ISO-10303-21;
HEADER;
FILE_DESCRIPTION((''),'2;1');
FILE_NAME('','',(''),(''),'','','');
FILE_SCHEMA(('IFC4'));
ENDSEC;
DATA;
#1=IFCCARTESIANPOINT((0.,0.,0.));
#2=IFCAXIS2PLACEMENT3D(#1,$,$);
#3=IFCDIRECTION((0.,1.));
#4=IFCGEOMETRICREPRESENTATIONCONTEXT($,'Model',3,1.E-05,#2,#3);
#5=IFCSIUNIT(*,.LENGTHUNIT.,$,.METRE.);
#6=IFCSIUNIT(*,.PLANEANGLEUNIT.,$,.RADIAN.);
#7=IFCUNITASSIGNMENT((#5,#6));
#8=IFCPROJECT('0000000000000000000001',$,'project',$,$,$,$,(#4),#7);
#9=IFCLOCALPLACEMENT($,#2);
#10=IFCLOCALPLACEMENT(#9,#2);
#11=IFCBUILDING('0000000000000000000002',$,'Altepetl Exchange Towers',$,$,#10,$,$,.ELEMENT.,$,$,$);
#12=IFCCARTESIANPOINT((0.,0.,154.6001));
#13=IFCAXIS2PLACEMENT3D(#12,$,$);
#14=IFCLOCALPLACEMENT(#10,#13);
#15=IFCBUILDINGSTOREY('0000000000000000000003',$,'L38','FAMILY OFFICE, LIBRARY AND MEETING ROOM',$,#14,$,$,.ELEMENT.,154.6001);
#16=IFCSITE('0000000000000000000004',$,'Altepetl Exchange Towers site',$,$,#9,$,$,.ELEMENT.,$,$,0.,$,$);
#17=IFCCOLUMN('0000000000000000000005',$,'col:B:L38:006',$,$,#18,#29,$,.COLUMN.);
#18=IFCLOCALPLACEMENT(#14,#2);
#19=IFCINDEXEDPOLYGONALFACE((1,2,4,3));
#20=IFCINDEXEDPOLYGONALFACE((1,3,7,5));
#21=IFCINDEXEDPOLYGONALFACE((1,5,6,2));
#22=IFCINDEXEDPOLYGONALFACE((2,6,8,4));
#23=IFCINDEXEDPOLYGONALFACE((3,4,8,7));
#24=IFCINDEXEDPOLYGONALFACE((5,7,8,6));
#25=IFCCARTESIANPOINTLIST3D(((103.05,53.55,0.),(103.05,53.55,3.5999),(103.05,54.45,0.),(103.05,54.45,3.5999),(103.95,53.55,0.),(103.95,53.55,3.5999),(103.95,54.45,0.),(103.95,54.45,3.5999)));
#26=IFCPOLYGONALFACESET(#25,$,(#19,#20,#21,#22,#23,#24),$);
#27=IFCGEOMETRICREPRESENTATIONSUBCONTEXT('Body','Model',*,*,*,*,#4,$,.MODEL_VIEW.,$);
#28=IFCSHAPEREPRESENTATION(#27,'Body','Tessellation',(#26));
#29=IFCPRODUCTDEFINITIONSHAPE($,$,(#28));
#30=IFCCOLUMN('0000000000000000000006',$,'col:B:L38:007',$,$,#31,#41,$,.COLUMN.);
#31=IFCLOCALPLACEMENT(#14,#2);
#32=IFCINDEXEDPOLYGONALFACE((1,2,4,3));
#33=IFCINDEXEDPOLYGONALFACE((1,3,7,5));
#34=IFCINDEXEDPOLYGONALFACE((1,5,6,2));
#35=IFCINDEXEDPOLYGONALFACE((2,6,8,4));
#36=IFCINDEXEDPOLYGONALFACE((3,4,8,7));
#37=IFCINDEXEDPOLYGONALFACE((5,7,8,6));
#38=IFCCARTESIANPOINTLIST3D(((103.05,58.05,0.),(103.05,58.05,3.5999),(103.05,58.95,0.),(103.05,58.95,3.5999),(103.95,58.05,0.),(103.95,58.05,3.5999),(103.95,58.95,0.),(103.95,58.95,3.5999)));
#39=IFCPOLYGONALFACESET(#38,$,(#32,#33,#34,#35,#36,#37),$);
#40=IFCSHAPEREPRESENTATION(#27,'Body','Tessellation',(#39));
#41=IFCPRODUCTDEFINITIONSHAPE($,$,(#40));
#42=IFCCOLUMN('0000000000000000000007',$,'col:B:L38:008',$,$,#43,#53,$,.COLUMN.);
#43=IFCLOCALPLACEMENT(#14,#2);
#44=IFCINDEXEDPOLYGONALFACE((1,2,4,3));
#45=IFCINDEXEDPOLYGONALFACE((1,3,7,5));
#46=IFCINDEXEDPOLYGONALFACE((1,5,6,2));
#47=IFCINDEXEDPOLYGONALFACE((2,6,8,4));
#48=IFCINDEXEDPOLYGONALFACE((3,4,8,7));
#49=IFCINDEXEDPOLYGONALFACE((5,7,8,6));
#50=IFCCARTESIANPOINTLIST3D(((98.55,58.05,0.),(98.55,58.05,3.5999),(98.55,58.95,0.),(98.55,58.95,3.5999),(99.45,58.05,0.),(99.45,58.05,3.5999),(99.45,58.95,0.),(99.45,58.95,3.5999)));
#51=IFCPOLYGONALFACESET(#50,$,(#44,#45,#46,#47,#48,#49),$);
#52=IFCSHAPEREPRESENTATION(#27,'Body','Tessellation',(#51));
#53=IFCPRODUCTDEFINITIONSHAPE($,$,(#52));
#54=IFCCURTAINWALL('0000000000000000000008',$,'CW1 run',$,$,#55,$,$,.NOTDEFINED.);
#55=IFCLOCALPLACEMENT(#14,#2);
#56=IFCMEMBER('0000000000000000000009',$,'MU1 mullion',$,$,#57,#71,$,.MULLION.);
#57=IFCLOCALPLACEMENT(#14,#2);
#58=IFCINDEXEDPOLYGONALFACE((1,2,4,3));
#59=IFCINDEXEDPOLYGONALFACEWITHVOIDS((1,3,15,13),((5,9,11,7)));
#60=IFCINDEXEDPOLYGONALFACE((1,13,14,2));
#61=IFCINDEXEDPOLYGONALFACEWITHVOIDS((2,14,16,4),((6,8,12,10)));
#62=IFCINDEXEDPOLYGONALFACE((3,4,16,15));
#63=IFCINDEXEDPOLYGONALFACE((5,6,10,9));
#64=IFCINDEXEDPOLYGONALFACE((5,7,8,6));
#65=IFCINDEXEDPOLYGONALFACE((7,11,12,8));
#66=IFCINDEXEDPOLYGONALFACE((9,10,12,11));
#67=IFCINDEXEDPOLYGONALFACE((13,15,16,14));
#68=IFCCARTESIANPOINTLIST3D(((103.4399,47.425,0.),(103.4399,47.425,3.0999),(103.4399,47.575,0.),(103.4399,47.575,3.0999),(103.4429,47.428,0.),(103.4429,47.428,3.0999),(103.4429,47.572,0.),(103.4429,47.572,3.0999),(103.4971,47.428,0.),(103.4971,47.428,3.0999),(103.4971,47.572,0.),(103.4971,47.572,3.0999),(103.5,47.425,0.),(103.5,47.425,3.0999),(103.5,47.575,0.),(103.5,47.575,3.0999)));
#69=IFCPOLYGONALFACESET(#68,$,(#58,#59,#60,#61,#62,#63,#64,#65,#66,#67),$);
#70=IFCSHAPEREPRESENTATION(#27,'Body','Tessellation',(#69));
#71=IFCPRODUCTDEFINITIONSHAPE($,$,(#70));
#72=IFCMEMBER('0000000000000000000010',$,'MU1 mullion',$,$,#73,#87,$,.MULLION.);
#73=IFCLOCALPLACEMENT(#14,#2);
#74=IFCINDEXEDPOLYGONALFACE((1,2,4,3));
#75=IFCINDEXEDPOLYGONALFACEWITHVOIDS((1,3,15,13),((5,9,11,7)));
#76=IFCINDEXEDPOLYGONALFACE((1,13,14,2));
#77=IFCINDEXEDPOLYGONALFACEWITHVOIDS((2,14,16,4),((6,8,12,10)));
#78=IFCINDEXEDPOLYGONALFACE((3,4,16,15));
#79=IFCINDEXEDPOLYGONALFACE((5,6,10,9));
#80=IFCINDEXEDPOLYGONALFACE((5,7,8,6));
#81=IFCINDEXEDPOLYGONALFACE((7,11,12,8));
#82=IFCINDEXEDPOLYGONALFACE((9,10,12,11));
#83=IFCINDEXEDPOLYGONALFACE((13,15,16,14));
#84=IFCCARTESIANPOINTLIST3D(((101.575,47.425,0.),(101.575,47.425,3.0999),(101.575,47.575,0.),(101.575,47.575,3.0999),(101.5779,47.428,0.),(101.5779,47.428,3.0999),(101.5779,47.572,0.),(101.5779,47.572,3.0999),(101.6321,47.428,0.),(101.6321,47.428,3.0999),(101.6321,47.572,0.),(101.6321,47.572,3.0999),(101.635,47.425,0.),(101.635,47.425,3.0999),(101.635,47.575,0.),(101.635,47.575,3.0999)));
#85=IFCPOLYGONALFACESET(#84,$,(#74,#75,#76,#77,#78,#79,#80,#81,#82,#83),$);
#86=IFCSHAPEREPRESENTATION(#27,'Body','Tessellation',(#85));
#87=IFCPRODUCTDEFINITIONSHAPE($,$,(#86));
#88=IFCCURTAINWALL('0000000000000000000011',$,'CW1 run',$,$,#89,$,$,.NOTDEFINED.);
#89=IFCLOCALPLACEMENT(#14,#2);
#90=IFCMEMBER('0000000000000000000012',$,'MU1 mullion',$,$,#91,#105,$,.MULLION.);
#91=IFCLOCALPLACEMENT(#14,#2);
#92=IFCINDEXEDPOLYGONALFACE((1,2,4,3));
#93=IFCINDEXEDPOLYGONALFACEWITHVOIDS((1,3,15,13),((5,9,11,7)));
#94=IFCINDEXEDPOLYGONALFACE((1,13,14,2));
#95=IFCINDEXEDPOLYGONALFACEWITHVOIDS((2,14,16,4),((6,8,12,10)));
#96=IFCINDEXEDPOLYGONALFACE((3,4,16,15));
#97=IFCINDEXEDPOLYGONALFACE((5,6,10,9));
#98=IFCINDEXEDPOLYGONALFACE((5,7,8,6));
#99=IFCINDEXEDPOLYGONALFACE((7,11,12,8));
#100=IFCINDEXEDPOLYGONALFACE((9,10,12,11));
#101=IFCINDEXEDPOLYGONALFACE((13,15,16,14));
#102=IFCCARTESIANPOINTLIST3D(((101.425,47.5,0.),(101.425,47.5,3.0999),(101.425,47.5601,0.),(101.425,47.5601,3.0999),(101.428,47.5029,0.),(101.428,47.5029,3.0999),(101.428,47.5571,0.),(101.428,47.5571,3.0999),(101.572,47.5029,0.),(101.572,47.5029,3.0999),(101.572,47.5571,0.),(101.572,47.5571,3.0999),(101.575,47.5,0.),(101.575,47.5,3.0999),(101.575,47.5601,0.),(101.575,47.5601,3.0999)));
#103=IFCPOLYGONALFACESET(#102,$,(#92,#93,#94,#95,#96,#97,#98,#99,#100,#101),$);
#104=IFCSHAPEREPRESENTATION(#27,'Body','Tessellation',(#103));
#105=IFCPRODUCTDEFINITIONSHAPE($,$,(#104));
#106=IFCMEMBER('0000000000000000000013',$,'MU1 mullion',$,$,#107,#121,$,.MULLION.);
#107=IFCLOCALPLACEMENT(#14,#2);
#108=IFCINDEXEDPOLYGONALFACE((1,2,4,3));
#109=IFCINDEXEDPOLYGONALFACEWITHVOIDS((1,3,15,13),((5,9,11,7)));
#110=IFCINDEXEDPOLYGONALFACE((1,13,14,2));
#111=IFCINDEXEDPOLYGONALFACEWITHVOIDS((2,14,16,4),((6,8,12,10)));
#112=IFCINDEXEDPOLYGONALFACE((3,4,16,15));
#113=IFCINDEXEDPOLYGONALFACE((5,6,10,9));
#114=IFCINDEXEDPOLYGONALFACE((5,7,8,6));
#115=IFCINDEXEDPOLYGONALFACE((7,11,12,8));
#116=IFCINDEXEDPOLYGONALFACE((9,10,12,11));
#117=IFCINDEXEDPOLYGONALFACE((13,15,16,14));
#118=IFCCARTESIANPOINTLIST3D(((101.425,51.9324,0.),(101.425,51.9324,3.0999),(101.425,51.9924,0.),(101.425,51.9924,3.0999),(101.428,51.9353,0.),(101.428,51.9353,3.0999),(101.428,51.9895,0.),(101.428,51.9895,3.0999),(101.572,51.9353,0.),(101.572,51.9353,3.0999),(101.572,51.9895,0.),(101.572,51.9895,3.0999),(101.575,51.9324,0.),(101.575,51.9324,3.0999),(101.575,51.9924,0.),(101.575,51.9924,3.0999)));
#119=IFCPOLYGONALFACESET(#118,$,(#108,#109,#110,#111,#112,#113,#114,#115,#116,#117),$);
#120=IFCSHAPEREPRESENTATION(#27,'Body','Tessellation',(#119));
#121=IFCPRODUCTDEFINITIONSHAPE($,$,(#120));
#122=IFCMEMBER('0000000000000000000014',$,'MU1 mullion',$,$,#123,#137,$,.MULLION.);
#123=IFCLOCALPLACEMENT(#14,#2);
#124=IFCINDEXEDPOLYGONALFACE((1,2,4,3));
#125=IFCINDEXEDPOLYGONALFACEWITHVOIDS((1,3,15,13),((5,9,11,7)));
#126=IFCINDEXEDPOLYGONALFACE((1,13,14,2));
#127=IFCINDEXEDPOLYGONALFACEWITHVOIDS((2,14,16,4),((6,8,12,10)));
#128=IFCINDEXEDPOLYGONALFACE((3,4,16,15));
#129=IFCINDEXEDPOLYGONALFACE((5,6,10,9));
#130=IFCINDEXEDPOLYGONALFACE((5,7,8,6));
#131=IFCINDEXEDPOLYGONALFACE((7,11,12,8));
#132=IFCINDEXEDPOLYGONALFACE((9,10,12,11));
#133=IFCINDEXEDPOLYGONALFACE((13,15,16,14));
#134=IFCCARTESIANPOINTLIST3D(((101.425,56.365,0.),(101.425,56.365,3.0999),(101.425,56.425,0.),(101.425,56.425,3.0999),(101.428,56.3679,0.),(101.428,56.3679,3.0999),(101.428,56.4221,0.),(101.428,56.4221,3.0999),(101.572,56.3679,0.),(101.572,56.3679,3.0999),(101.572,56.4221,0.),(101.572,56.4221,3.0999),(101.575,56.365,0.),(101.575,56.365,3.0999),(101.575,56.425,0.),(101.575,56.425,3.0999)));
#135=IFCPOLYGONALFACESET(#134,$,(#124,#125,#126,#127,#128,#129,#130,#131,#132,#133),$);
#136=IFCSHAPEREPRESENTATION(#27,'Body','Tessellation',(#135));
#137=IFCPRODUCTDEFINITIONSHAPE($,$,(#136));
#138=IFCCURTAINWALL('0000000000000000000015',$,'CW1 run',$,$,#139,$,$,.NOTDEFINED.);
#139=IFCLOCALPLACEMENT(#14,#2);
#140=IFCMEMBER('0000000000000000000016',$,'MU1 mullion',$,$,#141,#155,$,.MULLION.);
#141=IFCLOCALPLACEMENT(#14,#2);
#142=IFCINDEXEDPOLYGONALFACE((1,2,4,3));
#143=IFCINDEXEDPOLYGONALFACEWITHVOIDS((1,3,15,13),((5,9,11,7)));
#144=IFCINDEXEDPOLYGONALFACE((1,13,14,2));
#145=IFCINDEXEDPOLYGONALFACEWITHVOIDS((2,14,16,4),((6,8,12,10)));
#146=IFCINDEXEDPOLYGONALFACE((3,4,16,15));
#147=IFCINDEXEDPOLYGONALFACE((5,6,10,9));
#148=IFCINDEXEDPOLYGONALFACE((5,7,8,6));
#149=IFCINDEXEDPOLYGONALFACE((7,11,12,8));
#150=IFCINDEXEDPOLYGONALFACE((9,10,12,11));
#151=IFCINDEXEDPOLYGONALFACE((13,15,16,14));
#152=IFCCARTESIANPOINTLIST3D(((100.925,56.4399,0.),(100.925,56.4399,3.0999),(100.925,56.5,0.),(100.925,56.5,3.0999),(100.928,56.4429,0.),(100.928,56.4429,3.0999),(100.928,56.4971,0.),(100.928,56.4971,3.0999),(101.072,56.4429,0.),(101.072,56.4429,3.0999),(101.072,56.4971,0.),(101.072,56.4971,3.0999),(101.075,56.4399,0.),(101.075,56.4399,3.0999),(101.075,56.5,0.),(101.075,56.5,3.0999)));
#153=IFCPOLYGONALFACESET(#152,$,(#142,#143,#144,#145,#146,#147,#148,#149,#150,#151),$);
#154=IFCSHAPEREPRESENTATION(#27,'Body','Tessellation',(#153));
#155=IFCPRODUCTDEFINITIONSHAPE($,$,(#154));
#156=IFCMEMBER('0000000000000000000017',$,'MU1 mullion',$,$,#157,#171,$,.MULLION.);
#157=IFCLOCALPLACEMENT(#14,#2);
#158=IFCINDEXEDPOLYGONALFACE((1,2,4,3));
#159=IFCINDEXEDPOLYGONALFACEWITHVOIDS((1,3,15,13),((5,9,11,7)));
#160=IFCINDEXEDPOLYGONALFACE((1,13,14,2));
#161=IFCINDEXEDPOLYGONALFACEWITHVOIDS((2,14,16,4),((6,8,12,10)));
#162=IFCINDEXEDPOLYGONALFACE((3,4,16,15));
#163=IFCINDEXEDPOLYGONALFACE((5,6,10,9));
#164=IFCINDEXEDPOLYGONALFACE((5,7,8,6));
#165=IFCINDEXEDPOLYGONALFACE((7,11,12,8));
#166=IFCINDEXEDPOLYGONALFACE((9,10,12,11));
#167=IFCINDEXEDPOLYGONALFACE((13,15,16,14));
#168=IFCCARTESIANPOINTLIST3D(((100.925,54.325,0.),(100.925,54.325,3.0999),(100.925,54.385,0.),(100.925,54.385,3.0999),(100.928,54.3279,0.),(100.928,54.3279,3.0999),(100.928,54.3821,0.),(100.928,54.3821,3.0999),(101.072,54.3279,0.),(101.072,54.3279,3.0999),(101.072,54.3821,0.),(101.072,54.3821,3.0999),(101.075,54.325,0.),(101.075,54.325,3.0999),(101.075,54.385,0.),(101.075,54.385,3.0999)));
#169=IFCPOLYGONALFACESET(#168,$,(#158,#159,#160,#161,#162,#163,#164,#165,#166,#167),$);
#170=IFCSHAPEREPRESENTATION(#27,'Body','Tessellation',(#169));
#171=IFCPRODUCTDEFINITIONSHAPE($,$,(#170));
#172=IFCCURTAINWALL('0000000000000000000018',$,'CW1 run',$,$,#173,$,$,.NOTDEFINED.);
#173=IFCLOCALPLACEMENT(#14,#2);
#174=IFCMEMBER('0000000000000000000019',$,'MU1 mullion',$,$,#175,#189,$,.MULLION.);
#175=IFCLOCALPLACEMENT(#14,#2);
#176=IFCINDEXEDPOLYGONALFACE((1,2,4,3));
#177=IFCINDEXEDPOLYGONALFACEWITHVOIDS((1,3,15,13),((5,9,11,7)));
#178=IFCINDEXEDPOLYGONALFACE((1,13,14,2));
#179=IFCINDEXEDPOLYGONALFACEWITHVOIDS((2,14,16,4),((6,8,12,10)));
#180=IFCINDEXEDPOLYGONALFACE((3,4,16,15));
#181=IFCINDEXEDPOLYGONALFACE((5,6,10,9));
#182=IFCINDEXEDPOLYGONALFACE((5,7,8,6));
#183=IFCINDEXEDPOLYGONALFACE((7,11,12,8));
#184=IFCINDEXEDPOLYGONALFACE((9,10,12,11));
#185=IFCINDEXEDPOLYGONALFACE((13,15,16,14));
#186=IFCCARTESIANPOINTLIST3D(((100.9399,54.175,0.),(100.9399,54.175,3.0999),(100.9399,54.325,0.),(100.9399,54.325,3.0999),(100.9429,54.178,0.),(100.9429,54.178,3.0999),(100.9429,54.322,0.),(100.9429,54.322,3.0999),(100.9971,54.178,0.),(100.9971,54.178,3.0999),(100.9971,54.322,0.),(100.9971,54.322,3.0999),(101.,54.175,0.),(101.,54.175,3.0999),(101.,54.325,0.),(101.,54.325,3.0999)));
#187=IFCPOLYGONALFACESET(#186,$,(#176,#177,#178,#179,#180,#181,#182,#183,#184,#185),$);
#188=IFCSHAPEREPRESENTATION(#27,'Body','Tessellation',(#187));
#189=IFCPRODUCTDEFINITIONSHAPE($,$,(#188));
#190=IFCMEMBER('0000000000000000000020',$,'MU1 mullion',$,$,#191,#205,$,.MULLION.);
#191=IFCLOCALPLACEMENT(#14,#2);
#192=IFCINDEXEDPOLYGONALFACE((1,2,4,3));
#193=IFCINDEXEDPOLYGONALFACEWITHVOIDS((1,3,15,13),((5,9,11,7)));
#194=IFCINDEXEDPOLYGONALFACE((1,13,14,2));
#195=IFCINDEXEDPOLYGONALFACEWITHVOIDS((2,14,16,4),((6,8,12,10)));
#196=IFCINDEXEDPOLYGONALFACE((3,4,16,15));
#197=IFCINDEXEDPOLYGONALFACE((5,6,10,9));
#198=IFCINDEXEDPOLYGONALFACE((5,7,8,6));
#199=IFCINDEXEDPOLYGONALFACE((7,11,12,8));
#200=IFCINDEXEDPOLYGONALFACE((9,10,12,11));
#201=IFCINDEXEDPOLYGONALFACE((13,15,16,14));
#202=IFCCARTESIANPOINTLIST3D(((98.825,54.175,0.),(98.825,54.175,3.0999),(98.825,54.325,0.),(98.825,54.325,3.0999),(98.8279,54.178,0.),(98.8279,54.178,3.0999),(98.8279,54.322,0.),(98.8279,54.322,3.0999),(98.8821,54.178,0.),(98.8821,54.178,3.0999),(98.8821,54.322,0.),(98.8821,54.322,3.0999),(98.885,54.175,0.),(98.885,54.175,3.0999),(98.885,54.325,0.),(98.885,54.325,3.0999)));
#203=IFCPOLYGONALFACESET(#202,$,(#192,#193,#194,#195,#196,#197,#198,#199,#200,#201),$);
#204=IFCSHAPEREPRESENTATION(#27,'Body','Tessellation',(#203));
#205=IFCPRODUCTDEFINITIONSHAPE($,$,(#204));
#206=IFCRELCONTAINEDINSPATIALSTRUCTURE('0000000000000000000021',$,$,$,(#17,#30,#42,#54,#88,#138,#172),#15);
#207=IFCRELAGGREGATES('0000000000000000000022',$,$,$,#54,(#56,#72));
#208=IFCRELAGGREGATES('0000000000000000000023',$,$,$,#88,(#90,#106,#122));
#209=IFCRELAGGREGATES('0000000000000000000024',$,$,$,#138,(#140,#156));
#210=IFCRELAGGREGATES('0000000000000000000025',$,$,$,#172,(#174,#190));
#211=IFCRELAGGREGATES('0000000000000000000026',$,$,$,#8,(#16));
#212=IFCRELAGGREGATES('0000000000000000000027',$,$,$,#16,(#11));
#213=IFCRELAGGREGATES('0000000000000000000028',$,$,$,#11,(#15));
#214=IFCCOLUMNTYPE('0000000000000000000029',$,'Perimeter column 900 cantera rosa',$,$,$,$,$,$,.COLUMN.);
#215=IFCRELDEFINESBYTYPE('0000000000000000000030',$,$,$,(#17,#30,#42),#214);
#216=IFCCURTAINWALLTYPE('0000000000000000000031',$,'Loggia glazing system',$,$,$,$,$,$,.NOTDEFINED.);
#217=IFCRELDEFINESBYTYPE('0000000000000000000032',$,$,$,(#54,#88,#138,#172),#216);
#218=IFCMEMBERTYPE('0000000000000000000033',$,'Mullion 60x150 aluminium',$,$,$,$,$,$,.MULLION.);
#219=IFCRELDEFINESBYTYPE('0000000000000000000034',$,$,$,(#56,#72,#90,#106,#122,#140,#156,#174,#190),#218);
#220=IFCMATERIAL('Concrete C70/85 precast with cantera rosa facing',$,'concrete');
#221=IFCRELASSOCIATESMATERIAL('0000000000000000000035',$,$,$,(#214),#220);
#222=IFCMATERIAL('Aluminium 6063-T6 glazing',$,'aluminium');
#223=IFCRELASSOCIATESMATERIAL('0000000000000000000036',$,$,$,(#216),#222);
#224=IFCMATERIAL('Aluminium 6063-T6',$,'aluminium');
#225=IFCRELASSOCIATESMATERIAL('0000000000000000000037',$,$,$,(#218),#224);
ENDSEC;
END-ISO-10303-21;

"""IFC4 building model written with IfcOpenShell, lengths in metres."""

from ifc_helpers import new_model, si_unit, direction, frame, origin, origin_2d, place, context, subcontext, project, spatial, rectangle, hollow_rectangle, extrude, material, material_profile, profile_set, type_object, element, aggregate, save


model = new_model("IFC4")

# Units and contexts
model_context = context("Model", 3, precision=1e-05, world=origin(), true_north=direction((0.0, 1.0)))
body_context = subcontext(model_context, "Body", "Model", "MODEL_VIEW")
ifc_project = project(units=[si_unit("LENGTHUNIT", "METRE"), si_unit("PLANEANGLEUNIT", "RADIAN")], contexts=[model_context])

# Site, building, storey
site_placement = place(None, origin())
site = spatial("IfcSite", under=ifc_project, at=site_placement, Name="Altepetl Exchange Towers site", CompositionType="ELEMENT", RefElevation=0.0)
building_placement = place(site_placement, origin())
building = spatial("IfcBuilding", under=site, at=building_placement, Name="Altepetl Exchange Towers", CompositionType="ELEMENT")
storey_placement = place(building_placement, frame((0.0, 0.0, 154.6001)))
storey = spatial("IfcBuildingStorey", under=building, at=storey_placement, Name="L38", Description="FAMILY OFFICE, LIBRARY AND MEETING ROOM", CompositionType="ELEMENT", Elevation=154.6001)

# Columns
ifc_material_1 = material(Name="Concrete C70/85 precast with cantera rosa facing", Category="concrete")
ifc_material_profile_1 = material_profile(ifc_material_1, rectangle(XDim=0.8999, YDim=0.8999, at=origin_2d()), Name="900 x 900")
ifc_profile_set_1 = profile_set([ifc_material_profile_1], Name="Concrete C70/85 precast with cantera rosa facing")
column_type = type_object("IfcColumnType", Name="Perimeter column 900 cantera rosa", PredefinedType="COLUMN", material=ifc_profile_set_1)
for number, where, name in (
    (1, (103.5, 54.0, 0.0), "col:B:L38:006"),
    (2, (103.5, 58.5, 0.0), "col:B:L38:007"),
    (3, (99.0, 58.5, 0.0), "col:B:L38:008"),
):
    element("IfcColumn", number, at=place(storey_placement, frame(where)), inside=storey, type_object=column_type, Name=name, PredefinedType="COLUMN", context=body_context, shape_type="SweptSolid", body=[
        extrude(rectangle(XDim=0.8999, YDim=0.8999, at=origin_2d()), origin(), (0.0, 0.0, 1.0), 3.5999),
    ])

# Curtain walls, members
ifc_material_2 = material(Name="Aluminium 6063-T6 glazing", Category="aluminium")
curtain_wall_type = type_object("IfcCurtainWallType", Name="Loggia glazing system", PredefinedType="NOTDEFINED", material=ifc_material_2)
curtain_wall_1_placement = place(storey_placement, origin())
curtain_wall_1 = element("IfcCurtainWall", 4, at=curtain_wall_1_placement, inside=storey, type_object=curtain_wall_type, Name="CW1 run", PredefinedType="NOTDEFINED")
ifc_material_3 = material(Name="Aluminium 6063-T6", Category="aluminium")
ifc_material_profile_2 = material_profile(ifc_material_3, hollow_rectangle(XDim=0.0601, YDim=0.1499, WallThickness=0.0029, at=origin_2d()), Name="Mullion 60x150 aluminium")
ifc_profile_set_2 = profile_set([ifc_material_profile_2], Name="Aluminium 6063-T6")
member_type = type_object("IfcMemberType", Name="Mullion 60x150 aluminium", PredefinedType="MULLION", material=ifc_profile_set_2)
member_1_placement = place(storey_placement, frame((103.47, 47.5, 0.0), z_axis=(0.0, 0.0, 1.0), x_axis=(-1.0, 0.0, 0.0)))
member_1 = element("IfcMember", 5, at=member_1_placement, type_object=member_type, Name="MU1 mullion", PredefinedType="MULLION", context=body_context, shape_type="SweptSolid", body=[
    extrude(hollow_rectangle(XDim=0.0601, YDim=0.1499, WallThickness=0.0029, at=origin_2d()), origin(), (0.0, 0.0, 1.0), 3.0999),
])
member_2_placement = place(storey_placement, frame((101.605, 47.5, 0.0), z_axis=(0.0, 0.0, 1.0), x_axis=(-1.0, 0.0, 0.0)))
member_2 = element("IfcMember", 6, at=member_2_placement, type_object=member_type, Name="MU1 mullion", PredefinedType="MULLION", context=body_context, shape_type="SweptSolid", body=[
    extrude(hollow_rectangle(XDim=0.0601, YDim=0.1499, WallThickness=0.0029, at=origin_2d()), origin(), (0.0, 0.0, 1.0), 3.0999),
])
curtain_wall_2_placement = place(storey_placement, origin())
curtain_wall_2 = element("IfcCurtainWall", 7, at=curtain_wall_2_placement, inside=storey, type_object=curtain_wall_type, Name="CW1 run", PredefinedType="NOTDEFINED")
member_3_placement = place(storey_placement, frame((101.5, 47.53, 0.0), z_axis=(0.0, 0.0, 1.0), x_axis=(0.0, 1.0, 0.0)))
member_3 = element("IfcMember", 8, at=member_3_placement, type_object=member_type, Name="MU1 mullion", PredefinedType="MULLION", context=body_context, shape_type="SweptSolid", body=[
    extrude(hollow_rectangle(XDim=0.0601, YDim=0.1499, WallThickness=0.0029, at=origin_2d()), origin(), (0.0, 0.0, 1.0), 3.0999),
])
member_4_placement = place(storey_placement, frame((101.5, 51.9624, 0.0), z_axis=(0.0, 0.0, 1.0), x_axis=(0.0, 1.0, 0.0)))
member_4 = element("IfcMember", 9, at=member_4_placement, type_object=member_type, Name="MU1 mullion", PredefinedType="MULLION", context=body_context, shape_type="SweptSolid", body=[
    extrude(hollow_rectangle(XDim=0.0601, YDim=0.1499, WallThickness=0.0029, at=origin_2d()), origin(), (0.0, 0.0, 1.0), 3.0999),
])
member_5_placement = place(storey_placement, frame((101.5, 56.395, 0.0), z_axis=(0.0, 0.0, 1.0), x_axis=(0.0, 1.0, 0.0)))
member_5 = element("IfcMember", 10, at=member_5_placement, type_object=member_type, Name="MU1 mullion", PredefinedType="MULLION", context=body_context, shape_type="SweptSolid", body=[
    extrude(hollow_rectangle(XDim=0.0601, YDim=0.1499, WallThickness=0.0029, at=origin_2d()), origin(), (0.0, 0.0, 1.0), 3.0999),
])
curtain_wall_3_placement = place(storey_placement, origin())
curtain_wall_3 = element("IfcCurtainWall", 11, at=curtain_wall_3_placement, inside=storey, type_object=curtain_wall_type, Name="CW1 run", PredefinedType="NOTDEFINED")
member_6_placement = place(storey_placement, frame((101.0, 56.47, 0.0), z_axis=(0.0, 0.0, 1.0), x_axis=(0.0, -1.0, 0.0)))
member_6 = element("IfcMember", 12, at=member_6_placement, type_object=member_type, Name="MU1 mullion", PredefinedType="MULLION", context=body_context, shape_type="SweptSolid", body=[
    extrude(hollow_rectangle(XDim=0.0601, YDim=0.1499, WallThickness=0.0029, at=origin_2d()), origin(), (0.0, 0.0, 1.0), 3.0999),
])
member_7_placement = place(storey_placement, frame((101.0, 54.355, 0.0), z_axis=(0.0, 0.0, 1.0), x_axis=(0.0, -1.0, 0.0)))
member_7 = element("IfcMember", 13, at=member_7_placement, type_object=member_type, Name="MU1 mullion", PredefinedType="MULLION", context=body_context, shape_type="SweptSolid", body=[
    extrude(hollow_rectangle(XDim=0.0601, YDim=0.1499, WallThickness=0.0029, at=origin_2d()), origin(), (0.0, 0.0, 1.0), 3.0999),
])
curtain_wall_4_placement = place(storey_placement, origin())
curtain_wall_4 = element("IfcCurtainWall", 14, at=curtain_wall_4_placement, inside=storey, type_object=curtain_wall_type, Name="CW1 run", PredefinedType="NOTDEFINED")
member_8_placement = place(storey_placement, frame((100.97, 54.25, 0.0), z_axis=(0.0, 0.0, 1.0), x_axis=(-1.0, 0.0, 0.0)))
member_8 = element("IfcMember", 15, at=member_8_placement, type_object=member_type, Name="MU1 mullion", PredefinedType="MULLION", context=body_context, shape_type="SweptSolid", body=[
    extrude(hollow_rectangle(XDim=0.0601, YDim=0.1499, WallThickness=0.0029, at=origin_2d()), origin(), (0.0, 0.0, 1.0), 3.0999),
])
member_9_placement = place(storey_placement, frame((98.855, 54.25, 0.0), z_axis=(0.0, 0.0, 1.0), x_axis=(-1.0, 0.0, 0.0)))
member_9 = element("IfcMember", 16, at=member_9_placement, type_object=member_type, Name="MU1 mullion", PredefinedType="MULLION", context=body_context, shape_type="SweptSolid", body=[
    extrude(hollow_rectangle(XDim=0.0601, YDim=0.1499, WallThickness=0.0029, at=origin_2d()), origin(), (0.0, 0.0, 1.0), 3.0999),
])

aggregate(curtain_wall_1, [member_1, member_2])
aggregate(curtain_wall_2, [member_3, member_4, member_5])
aggregate(curtain_wall_3, [member_6, member_7])
aggregate(curtain_wall_4, [member_8, member_9])

save(model, "model.ifc")
